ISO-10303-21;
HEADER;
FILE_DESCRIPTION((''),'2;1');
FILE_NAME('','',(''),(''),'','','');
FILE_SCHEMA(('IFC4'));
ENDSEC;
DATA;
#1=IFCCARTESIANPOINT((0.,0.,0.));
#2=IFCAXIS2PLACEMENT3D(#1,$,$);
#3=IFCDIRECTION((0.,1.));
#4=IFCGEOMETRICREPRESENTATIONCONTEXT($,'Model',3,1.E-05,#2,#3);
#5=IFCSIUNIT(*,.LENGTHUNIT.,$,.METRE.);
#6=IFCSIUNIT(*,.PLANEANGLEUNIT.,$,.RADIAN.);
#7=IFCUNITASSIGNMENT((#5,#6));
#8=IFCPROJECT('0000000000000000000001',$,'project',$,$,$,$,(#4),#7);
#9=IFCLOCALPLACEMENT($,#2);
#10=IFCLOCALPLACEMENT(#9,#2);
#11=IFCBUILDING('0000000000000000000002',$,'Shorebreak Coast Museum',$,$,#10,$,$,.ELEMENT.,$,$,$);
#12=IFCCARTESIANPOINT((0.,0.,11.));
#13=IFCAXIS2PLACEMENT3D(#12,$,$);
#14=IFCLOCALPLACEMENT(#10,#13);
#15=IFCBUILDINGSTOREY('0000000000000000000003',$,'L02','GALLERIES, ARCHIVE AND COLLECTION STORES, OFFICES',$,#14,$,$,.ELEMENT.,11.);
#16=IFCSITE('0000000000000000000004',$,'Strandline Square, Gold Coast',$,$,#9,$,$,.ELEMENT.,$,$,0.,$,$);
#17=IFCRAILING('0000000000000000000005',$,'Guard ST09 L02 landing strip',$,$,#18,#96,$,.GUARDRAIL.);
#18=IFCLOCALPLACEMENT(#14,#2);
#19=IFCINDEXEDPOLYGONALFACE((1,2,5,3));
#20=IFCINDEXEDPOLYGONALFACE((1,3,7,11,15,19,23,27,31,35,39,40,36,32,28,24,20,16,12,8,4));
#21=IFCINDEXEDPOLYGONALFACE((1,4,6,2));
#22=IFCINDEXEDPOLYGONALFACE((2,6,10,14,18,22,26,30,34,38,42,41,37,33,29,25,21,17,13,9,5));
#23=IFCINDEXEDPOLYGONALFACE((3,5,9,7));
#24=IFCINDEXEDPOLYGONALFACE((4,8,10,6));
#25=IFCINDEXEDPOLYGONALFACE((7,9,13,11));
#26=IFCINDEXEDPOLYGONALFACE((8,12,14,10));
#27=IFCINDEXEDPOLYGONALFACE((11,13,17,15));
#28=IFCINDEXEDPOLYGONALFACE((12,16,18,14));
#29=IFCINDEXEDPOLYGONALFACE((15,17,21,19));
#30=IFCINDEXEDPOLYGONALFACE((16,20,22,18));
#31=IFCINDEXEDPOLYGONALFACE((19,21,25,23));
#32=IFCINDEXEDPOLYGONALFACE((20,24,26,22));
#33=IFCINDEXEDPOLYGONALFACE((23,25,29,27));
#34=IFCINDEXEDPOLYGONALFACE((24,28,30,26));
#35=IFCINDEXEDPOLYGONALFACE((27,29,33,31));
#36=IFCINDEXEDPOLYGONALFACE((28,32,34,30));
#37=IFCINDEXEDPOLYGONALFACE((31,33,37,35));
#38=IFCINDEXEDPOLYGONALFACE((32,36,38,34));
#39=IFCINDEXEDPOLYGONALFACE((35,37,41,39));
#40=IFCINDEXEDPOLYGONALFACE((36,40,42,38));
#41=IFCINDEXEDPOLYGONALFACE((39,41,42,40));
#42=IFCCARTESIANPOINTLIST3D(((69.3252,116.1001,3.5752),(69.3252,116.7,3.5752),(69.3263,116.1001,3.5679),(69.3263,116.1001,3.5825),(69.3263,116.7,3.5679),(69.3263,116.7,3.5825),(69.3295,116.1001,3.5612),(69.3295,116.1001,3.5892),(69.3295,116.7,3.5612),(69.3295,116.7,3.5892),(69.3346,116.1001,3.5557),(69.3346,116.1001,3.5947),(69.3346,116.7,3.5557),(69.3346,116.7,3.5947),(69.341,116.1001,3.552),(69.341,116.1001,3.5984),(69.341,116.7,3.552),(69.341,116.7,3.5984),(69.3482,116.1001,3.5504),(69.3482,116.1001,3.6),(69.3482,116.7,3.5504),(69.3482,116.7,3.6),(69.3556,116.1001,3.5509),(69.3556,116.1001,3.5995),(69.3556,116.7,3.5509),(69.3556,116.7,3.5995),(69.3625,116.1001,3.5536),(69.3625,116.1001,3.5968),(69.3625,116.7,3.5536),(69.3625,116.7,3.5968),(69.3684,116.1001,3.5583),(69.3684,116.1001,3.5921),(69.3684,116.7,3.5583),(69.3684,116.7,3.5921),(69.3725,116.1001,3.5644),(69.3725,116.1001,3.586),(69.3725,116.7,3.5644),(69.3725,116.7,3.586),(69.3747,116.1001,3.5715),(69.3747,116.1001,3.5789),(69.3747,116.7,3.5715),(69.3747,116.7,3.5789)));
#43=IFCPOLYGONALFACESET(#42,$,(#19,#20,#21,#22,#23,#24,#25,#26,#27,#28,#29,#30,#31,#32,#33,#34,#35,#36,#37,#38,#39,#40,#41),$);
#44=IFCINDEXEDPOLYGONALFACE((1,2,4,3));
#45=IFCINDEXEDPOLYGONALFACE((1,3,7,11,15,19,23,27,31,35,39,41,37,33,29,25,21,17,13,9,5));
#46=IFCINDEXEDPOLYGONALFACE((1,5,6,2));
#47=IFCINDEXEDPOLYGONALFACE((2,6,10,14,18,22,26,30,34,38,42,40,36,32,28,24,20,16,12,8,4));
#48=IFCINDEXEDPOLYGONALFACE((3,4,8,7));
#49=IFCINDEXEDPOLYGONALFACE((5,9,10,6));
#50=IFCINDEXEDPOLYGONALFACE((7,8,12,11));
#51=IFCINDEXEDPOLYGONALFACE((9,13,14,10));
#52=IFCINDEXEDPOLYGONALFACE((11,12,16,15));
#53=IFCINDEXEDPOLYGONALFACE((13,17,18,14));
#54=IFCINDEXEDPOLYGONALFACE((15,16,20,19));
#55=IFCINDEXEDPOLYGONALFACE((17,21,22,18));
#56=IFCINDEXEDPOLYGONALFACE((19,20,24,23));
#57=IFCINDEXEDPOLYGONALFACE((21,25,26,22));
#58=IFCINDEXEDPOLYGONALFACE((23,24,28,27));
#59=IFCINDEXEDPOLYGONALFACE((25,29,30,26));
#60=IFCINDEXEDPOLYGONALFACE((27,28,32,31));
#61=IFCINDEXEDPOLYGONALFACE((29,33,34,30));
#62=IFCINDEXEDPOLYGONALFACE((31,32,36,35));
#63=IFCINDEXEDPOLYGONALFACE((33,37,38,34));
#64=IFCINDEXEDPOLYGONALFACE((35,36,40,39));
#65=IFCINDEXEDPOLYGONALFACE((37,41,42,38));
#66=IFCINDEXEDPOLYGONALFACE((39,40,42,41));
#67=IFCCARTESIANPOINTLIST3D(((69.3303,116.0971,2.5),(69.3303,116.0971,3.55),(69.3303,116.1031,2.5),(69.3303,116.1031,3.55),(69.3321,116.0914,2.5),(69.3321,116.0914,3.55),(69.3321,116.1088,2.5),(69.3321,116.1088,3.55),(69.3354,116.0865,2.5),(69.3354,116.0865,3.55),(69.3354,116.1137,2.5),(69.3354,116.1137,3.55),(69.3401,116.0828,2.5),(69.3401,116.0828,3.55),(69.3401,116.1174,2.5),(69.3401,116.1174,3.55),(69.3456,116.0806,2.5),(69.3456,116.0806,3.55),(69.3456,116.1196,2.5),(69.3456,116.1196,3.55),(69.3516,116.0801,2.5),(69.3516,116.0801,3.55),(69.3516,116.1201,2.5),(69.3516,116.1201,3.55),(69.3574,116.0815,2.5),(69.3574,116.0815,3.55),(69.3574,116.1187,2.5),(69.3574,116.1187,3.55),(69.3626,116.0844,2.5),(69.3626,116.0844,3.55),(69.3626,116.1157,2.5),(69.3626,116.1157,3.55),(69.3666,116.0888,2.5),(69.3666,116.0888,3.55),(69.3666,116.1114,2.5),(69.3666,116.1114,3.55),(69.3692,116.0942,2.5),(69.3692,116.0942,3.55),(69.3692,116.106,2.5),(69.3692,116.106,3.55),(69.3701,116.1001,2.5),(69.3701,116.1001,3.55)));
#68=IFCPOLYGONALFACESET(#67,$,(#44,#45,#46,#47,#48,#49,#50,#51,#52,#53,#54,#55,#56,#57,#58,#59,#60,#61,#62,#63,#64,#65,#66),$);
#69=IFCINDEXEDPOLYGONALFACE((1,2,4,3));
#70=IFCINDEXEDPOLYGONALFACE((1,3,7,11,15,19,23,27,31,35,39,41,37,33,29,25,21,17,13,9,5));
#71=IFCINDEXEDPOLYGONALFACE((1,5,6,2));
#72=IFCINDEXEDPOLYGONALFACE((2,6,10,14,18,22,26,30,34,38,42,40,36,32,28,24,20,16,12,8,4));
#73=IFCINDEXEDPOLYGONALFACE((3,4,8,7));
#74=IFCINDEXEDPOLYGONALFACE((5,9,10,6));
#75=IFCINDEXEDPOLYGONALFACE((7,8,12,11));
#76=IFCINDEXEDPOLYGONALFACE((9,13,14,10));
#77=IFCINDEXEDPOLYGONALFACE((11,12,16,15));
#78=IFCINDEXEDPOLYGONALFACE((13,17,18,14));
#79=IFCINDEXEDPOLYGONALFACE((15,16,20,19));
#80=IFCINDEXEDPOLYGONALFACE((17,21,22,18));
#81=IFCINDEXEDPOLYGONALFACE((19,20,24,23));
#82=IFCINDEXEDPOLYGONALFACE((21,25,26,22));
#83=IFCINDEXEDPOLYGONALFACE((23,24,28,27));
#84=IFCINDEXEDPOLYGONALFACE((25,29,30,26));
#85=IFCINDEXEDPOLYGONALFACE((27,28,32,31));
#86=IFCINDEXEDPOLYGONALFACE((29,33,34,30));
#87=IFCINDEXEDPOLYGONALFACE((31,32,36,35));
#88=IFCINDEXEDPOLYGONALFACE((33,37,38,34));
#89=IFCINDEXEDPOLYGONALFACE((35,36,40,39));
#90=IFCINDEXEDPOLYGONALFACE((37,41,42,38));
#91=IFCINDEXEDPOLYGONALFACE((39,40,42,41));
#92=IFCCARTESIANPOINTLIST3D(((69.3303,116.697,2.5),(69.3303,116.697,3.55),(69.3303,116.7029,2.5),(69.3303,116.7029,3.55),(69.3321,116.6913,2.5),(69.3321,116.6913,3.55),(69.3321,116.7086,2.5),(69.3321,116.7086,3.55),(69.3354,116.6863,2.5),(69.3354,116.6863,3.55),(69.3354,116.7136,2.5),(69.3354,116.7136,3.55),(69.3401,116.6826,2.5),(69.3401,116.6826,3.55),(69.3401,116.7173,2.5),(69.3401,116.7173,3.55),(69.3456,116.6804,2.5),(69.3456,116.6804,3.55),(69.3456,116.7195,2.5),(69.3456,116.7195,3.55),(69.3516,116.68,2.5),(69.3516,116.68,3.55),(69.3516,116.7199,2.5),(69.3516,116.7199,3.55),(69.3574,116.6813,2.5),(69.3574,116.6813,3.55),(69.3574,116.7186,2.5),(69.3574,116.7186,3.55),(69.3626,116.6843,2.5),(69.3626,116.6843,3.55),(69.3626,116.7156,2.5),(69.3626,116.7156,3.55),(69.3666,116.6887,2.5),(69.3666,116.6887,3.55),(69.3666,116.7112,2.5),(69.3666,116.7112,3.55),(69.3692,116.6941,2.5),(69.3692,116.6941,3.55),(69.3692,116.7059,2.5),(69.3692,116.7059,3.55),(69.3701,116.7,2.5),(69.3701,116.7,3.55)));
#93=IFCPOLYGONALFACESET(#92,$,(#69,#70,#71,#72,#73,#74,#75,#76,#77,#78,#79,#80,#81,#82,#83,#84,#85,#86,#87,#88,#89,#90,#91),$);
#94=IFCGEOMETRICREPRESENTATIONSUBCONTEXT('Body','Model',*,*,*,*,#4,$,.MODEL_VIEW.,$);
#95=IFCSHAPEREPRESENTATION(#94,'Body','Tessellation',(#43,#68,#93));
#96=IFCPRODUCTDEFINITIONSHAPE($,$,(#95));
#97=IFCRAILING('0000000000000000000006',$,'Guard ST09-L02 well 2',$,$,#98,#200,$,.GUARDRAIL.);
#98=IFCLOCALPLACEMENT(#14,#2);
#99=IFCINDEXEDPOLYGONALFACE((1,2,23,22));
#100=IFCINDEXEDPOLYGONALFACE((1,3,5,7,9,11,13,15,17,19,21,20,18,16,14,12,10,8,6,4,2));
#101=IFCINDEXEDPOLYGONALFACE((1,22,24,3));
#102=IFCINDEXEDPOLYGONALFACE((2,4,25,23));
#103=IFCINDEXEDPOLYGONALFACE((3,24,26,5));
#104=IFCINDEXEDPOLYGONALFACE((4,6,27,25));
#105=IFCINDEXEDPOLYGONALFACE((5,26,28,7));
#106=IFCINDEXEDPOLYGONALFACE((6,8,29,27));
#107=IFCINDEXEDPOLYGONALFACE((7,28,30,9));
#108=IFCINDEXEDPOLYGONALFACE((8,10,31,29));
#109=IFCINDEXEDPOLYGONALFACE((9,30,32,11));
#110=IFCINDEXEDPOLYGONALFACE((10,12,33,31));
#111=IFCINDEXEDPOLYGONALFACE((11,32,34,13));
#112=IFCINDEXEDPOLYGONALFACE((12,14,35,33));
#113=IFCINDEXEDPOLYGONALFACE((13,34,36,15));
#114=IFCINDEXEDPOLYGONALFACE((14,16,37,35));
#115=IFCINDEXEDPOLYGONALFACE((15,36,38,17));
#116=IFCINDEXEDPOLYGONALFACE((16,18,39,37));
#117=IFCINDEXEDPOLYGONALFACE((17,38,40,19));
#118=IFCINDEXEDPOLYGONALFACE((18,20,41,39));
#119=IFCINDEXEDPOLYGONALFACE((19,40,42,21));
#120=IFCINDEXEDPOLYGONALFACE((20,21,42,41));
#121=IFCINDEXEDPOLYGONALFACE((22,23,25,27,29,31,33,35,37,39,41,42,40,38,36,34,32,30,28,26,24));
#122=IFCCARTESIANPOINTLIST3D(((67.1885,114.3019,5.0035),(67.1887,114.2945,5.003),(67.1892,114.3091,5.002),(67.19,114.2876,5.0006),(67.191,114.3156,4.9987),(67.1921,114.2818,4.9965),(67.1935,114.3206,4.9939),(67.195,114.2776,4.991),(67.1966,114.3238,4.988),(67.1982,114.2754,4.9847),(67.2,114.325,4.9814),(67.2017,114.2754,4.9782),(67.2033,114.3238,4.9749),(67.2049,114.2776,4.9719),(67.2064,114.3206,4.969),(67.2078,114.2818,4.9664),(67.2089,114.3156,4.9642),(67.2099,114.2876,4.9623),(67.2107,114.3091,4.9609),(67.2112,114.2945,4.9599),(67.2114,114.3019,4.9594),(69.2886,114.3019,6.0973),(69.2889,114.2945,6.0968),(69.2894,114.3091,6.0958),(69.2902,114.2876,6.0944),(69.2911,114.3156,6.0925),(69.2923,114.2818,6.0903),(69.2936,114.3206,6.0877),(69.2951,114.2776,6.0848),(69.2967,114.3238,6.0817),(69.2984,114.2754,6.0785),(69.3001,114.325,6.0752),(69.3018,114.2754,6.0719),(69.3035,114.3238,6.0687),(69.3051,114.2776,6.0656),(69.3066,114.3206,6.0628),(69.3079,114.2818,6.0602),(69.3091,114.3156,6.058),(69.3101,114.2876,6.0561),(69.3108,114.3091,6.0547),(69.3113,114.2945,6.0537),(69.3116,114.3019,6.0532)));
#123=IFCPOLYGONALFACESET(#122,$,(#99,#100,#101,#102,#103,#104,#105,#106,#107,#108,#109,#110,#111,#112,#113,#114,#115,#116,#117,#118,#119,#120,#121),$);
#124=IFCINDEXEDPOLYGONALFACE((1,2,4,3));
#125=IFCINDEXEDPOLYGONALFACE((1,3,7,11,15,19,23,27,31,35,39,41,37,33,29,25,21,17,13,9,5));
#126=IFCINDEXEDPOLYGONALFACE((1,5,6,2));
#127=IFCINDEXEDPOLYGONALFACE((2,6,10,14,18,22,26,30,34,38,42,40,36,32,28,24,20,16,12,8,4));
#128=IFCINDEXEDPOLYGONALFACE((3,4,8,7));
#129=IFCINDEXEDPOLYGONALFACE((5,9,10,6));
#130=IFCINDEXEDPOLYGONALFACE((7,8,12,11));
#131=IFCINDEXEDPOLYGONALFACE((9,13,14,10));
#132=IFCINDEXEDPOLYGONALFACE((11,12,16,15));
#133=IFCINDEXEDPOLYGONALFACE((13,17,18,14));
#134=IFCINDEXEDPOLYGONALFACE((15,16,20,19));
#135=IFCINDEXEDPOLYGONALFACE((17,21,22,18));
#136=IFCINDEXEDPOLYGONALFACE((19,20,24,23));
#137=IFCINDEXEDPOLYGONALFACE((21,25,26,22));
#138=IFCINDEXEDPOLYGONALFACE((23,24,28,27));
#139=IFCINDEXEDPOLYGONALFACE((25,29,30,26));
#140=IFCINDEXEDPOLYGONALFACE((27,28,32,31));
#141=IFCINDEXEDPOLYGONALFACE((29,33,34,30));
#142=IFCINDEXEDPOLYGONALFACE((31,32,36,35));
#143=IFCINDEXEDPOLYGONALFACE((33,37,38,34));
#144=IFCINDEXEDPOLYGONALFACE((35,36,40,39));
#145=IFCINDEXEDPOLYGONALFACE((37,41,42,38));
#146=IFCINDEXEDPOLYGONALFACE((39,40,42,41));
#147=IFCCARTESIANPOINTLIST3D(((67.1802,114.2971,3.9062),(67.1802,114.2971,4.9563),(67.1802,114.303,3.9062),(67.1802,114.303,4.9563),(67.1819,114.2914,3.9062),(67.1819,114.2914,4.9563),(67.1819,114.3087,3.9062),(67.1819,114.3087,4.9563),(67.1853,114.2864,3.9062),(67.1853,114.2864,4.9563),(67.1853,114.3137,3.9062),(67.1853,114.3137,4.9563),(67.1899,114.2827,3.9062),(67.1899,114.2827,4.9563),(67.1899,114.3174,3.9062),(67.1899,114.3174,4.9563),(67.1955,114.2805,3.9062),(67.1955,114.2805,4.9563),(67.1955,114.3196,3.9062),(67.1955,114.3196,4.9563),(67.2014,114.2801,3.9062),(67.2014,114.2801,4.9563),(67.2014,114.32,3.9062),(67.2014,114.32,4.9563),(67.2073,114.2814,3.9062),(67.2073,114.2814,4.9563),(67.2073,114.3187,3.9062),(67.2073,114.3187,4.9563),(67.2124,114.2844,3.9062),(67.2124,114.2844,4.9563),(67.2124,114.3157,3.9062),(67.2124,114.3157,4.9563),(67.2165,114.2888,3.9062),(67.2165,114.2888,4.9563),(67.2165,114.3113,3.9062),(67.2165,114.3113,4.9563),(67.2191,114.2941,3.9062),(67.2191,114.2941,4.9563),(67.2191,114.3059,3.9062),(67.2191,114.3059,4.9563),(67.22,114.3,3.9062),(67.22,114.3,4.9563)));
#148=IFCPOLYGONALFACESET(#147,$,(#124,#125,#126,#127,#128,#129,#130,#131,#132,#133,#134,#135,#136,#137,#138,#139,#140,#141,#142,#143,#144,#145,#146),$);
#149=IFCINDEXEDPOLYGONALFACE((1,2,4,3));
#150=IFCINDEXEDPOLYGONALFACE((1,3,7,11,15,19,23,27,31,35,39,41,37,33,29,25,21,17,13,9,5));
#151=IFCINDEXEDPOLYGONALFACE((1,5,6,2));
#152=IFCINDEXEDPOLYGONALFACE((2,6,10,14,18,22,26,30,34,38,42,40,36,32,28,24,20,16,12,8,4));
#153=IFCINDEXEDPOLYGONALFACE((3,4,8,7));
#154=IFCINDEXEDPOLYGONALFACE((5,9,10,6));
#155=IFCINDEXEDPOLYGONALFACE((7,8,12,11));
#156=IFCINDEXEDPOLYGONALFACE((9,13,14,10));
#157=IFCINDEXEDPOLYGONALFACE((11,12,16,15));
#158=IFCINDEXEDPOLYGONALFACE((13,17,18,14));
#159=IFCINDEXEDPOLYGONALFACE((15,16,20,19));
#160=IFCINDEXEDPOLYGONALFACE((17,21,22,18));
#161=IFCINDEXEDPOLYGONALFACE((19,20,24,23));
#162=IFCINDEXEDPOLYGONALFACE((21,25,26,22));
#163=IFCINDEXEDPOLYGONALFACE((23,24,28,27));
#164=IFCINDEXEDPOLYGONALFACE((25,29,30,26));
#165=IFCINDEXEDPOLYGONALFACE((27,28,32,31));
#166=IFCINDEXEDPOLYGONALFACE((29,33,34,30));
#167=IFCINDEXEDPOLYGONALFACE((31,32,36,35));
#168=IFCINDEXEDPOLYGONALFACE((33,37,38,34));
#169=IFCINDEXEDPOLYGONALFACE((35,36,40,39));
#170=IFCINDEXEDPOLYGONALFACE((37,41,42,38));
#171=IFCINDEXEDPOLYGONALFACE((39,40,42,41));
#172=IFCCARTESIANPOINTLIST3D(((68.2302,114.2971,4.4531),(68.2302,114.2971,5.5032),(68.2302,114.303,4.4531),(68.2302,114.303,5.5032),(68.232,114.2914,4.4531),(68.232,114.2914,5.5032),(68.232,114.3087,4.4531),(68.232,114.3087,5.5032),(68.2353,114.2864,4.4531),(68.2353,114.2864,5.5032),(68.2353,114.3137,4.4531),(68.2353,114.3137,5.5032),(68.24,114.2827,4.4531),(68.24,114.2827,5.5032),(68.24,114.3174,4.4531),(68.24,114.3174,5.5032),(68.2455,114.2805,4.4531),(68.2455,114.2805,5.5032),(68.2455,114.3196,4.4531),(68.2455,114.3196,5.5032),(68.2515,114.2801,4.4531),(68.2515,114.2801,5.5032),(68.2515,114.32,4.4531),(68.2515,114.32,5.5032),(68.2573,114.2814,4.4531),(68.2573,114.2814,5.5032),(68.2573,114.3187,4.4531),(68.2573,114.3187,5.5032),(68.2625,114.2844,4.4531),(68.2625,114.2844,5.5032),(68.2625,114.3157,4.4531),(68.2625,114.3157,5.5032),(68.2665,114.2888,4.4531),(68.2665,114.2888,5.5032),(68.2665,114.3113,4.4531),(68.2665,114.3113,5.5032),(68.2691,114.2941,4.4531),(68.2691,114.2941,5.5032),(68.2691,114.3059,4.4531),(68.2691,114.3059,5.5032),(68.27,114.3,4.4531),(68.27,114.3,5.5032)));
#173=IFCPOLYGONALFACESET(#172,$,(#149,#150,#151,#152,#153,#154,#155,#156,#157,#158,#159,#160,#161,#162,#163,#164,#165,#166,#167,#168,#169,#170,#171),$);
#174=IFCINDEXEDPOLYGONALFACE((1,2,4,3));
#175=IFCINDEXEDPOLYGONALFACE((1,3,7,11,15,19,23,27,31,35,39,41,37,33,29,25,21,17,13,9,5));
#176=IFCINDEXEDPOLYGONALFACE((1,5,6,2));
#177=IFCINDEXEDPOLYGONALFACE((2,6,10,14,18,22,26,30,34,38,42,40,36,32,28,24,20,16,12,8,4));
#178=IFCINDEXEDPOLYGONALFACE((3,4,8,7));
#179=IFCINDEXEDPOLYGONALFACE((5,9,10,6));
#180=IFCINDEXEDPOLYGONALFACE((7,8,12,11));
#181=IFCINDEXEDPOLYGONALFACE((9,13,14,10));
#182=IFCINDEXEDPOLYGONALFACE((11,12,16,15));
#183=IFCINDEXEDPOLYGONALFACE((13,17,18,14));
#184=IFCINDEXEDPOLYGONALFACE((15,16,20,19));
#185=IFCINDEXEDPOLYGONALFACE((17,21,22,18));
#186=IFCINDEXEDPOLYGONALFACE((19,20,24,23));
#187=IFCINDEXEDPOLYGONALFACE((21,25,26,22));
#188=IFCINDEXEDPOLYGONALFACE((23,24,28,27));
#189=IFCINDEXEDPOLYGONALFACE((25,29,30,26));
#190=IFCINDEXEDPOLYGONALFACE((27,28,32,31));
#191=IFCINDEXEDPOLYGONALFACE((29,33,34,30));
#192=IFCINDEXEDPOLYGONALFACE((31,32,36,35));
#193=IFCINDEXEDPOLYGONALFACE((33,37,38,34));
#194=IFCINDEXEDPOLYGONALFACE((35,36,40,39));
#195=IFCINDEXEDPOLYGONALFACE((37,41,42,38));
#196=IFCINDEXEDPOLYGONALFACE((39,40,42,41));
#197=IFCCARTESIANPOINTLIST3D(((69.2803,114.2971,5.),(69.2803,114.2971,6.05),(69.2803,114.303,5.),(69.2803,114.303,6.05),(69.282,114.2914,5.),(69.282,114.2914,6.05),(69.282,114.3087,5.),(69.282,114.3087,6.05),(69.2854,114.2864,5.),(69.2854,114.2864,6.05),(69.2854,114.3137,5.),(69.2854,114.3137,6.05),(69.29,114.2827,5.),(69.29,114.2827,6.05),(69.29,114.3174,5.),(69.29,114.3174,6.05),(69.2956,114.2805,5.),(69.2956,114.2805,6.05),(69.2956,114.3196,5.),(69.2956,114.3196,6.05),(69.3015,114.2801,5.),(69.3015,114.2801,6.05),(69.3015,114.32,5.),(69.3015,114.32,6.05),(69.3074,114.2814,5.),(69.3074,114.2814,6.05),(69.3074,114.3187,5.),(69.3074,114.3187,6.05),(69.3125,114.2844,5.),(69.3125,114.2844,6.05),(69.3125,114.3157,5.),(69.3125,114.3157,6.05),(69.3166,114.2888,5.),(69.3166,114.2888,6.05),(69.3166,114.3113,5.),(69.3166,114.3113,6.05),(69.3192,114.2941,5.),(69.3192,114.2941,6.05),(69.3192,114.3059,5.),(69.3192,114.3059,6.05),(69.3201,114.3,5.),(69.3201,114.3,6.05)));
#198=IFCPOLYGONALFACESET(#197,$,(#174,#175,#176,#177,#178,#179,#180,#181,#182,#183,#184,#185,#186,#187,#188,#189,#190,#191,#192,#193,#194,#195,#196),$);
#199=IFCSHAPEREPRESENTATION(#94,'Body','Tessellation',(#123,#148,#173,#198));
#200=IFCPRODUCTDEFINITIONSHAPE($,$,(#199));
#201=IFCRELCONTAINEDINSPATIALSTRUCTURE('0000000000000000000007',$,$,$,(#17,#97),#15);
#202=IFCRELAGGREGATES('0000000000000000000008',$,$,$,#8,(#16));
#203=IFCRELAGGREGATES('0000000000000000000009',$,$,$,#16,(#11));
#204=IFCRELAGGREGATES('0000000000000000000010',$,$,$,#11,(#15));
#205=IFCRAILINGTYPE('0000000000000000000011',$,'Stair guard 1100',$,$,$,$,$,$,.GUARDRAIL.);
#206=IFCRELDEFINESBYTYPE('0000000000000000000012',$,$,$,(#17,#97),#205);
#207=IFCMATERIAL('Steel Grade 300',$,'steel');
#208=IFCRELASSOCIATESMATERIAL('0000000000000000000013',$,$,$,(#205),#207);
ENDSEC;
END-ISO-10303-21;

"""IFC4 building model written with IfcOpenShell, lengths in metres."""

from ifc_helpers import new_model, si_unit, direction, frame, origin, origin_2d, place, context, subcontext, project, spatial, circle, extrude, material, type_object, element, save


model = new_model("IFC4")

# Units and contexts
model_context = context("Model", 3, precision=1e-05, world=origin(), true_north=direction((0.0, 1.0)))
body_context = subcontext(model_context, "Body", "Model", "MODEL_VIEW")
ifc_project = project(units=[si_unit("LENGTHUNIT", "METRE"), si_unit("PLANEANGLEUNIT", "RADIAN")], contexts=[model_context])

# Site, building, storey
site_placement = place(None, origin())
site = spatial("IfcSite", under=ifc_project, at=site_placement, Name="Strandline Square, Gold Coast", CompositionType="ELEMENT", RefElevation=0.0)
building_placement = place(site_placement, origin())
building = spatial("IfcBuilding", under=site, at=building_placement, Name="Shorebreak Coast Museum", CompositionType="ELEMENT")
storey_placement = place(building_placement, frame((0.0, 0.0, 11.0)))
storey = spatial("IfcBuildingStorey", under=building, at=storey_placement, Name="L02", Description="GALLERIES, ARCHIVE AND COLLECTION STORES, OFFICES", CompositionType="ELEMENT", Elevation=11.0)

# Railings
ifc_material_1 = material(Name="Steel Grade 300", Category="steel")
railing_type_1 = type_object("IfcRailingType", Name="Stair guard 1100", PredefinedType="GUARDRAIL", material=ifc_material_1)
for number, where, name in (
    (1, (69.3501, 116.1001, 2.5), "Guard ST09 L02 landing strip"),
):
    element("IfcRailing", number, at=place(storey_placement, frame(where)), inside=storey, type_object=railing_type_1, Name=name, PredefinedType="GUARDRAIL", context=body_context, shape_type="SweptSolid", body=[
        extrude(circle(Radius=0.0249, at=origin_2d()), frame((0.0, 0.0, 1.0752), z_axis=(0.0, 1.0, 0.0), x_axis=(-1.0, 0.0, 0.0)), (0.0, 0.0, 1.0), 0.5999),
        extrude(circle(Radius=0.02, at=origin_2d()), origin(), (0.0, 0.0, 1.0), 1.05),
        extrude(circle(Radius=0.02, at=origin_2d()), frame((0.0, 0.5999, 0.0)), (0.0, 0.0, 1.0), 1.05),
    ])
for number, where, name in (
    (2, (67.2, 114.3, 3.9062), "Guard ST09-L02 well 2"),
):
    element("IfcRailing", number, at=place(storey_placement, frame(where)), inside=storey, type_object=railing_type_1, Name=name, PredefinedType="GUARDRAIL", context=body_context, shape_type="SweptSolid", body=[
        extrude(circle(Radius=0.0249, at=origin_2d()), frame((0.0, 0.0, 1.0752), z_axis=(0.886923, 0.0, 0.461918), x_axis=(0.0, 1.0, 0.0)), (0.0, 0.0, 1.0), 2.3679),
        extrude(circle(Radius=0.02, at=origin_2d()), origin(), (0.0, 0.0, 1.0), 1.05),
        extrude(circle(Radius=0.02, at=origin_2d()), frame((1.05, 0.0, 0.5469)), (0.0, 0.0, 1.0), 1.05),
        extrude(circle(Radius=0.02, at=origin_2d()), frame((2.1001, 0.0, 1.0938)), (0.0, 0.0, 1.0), 1.05),
    ])

save(model, "model.ifc")
